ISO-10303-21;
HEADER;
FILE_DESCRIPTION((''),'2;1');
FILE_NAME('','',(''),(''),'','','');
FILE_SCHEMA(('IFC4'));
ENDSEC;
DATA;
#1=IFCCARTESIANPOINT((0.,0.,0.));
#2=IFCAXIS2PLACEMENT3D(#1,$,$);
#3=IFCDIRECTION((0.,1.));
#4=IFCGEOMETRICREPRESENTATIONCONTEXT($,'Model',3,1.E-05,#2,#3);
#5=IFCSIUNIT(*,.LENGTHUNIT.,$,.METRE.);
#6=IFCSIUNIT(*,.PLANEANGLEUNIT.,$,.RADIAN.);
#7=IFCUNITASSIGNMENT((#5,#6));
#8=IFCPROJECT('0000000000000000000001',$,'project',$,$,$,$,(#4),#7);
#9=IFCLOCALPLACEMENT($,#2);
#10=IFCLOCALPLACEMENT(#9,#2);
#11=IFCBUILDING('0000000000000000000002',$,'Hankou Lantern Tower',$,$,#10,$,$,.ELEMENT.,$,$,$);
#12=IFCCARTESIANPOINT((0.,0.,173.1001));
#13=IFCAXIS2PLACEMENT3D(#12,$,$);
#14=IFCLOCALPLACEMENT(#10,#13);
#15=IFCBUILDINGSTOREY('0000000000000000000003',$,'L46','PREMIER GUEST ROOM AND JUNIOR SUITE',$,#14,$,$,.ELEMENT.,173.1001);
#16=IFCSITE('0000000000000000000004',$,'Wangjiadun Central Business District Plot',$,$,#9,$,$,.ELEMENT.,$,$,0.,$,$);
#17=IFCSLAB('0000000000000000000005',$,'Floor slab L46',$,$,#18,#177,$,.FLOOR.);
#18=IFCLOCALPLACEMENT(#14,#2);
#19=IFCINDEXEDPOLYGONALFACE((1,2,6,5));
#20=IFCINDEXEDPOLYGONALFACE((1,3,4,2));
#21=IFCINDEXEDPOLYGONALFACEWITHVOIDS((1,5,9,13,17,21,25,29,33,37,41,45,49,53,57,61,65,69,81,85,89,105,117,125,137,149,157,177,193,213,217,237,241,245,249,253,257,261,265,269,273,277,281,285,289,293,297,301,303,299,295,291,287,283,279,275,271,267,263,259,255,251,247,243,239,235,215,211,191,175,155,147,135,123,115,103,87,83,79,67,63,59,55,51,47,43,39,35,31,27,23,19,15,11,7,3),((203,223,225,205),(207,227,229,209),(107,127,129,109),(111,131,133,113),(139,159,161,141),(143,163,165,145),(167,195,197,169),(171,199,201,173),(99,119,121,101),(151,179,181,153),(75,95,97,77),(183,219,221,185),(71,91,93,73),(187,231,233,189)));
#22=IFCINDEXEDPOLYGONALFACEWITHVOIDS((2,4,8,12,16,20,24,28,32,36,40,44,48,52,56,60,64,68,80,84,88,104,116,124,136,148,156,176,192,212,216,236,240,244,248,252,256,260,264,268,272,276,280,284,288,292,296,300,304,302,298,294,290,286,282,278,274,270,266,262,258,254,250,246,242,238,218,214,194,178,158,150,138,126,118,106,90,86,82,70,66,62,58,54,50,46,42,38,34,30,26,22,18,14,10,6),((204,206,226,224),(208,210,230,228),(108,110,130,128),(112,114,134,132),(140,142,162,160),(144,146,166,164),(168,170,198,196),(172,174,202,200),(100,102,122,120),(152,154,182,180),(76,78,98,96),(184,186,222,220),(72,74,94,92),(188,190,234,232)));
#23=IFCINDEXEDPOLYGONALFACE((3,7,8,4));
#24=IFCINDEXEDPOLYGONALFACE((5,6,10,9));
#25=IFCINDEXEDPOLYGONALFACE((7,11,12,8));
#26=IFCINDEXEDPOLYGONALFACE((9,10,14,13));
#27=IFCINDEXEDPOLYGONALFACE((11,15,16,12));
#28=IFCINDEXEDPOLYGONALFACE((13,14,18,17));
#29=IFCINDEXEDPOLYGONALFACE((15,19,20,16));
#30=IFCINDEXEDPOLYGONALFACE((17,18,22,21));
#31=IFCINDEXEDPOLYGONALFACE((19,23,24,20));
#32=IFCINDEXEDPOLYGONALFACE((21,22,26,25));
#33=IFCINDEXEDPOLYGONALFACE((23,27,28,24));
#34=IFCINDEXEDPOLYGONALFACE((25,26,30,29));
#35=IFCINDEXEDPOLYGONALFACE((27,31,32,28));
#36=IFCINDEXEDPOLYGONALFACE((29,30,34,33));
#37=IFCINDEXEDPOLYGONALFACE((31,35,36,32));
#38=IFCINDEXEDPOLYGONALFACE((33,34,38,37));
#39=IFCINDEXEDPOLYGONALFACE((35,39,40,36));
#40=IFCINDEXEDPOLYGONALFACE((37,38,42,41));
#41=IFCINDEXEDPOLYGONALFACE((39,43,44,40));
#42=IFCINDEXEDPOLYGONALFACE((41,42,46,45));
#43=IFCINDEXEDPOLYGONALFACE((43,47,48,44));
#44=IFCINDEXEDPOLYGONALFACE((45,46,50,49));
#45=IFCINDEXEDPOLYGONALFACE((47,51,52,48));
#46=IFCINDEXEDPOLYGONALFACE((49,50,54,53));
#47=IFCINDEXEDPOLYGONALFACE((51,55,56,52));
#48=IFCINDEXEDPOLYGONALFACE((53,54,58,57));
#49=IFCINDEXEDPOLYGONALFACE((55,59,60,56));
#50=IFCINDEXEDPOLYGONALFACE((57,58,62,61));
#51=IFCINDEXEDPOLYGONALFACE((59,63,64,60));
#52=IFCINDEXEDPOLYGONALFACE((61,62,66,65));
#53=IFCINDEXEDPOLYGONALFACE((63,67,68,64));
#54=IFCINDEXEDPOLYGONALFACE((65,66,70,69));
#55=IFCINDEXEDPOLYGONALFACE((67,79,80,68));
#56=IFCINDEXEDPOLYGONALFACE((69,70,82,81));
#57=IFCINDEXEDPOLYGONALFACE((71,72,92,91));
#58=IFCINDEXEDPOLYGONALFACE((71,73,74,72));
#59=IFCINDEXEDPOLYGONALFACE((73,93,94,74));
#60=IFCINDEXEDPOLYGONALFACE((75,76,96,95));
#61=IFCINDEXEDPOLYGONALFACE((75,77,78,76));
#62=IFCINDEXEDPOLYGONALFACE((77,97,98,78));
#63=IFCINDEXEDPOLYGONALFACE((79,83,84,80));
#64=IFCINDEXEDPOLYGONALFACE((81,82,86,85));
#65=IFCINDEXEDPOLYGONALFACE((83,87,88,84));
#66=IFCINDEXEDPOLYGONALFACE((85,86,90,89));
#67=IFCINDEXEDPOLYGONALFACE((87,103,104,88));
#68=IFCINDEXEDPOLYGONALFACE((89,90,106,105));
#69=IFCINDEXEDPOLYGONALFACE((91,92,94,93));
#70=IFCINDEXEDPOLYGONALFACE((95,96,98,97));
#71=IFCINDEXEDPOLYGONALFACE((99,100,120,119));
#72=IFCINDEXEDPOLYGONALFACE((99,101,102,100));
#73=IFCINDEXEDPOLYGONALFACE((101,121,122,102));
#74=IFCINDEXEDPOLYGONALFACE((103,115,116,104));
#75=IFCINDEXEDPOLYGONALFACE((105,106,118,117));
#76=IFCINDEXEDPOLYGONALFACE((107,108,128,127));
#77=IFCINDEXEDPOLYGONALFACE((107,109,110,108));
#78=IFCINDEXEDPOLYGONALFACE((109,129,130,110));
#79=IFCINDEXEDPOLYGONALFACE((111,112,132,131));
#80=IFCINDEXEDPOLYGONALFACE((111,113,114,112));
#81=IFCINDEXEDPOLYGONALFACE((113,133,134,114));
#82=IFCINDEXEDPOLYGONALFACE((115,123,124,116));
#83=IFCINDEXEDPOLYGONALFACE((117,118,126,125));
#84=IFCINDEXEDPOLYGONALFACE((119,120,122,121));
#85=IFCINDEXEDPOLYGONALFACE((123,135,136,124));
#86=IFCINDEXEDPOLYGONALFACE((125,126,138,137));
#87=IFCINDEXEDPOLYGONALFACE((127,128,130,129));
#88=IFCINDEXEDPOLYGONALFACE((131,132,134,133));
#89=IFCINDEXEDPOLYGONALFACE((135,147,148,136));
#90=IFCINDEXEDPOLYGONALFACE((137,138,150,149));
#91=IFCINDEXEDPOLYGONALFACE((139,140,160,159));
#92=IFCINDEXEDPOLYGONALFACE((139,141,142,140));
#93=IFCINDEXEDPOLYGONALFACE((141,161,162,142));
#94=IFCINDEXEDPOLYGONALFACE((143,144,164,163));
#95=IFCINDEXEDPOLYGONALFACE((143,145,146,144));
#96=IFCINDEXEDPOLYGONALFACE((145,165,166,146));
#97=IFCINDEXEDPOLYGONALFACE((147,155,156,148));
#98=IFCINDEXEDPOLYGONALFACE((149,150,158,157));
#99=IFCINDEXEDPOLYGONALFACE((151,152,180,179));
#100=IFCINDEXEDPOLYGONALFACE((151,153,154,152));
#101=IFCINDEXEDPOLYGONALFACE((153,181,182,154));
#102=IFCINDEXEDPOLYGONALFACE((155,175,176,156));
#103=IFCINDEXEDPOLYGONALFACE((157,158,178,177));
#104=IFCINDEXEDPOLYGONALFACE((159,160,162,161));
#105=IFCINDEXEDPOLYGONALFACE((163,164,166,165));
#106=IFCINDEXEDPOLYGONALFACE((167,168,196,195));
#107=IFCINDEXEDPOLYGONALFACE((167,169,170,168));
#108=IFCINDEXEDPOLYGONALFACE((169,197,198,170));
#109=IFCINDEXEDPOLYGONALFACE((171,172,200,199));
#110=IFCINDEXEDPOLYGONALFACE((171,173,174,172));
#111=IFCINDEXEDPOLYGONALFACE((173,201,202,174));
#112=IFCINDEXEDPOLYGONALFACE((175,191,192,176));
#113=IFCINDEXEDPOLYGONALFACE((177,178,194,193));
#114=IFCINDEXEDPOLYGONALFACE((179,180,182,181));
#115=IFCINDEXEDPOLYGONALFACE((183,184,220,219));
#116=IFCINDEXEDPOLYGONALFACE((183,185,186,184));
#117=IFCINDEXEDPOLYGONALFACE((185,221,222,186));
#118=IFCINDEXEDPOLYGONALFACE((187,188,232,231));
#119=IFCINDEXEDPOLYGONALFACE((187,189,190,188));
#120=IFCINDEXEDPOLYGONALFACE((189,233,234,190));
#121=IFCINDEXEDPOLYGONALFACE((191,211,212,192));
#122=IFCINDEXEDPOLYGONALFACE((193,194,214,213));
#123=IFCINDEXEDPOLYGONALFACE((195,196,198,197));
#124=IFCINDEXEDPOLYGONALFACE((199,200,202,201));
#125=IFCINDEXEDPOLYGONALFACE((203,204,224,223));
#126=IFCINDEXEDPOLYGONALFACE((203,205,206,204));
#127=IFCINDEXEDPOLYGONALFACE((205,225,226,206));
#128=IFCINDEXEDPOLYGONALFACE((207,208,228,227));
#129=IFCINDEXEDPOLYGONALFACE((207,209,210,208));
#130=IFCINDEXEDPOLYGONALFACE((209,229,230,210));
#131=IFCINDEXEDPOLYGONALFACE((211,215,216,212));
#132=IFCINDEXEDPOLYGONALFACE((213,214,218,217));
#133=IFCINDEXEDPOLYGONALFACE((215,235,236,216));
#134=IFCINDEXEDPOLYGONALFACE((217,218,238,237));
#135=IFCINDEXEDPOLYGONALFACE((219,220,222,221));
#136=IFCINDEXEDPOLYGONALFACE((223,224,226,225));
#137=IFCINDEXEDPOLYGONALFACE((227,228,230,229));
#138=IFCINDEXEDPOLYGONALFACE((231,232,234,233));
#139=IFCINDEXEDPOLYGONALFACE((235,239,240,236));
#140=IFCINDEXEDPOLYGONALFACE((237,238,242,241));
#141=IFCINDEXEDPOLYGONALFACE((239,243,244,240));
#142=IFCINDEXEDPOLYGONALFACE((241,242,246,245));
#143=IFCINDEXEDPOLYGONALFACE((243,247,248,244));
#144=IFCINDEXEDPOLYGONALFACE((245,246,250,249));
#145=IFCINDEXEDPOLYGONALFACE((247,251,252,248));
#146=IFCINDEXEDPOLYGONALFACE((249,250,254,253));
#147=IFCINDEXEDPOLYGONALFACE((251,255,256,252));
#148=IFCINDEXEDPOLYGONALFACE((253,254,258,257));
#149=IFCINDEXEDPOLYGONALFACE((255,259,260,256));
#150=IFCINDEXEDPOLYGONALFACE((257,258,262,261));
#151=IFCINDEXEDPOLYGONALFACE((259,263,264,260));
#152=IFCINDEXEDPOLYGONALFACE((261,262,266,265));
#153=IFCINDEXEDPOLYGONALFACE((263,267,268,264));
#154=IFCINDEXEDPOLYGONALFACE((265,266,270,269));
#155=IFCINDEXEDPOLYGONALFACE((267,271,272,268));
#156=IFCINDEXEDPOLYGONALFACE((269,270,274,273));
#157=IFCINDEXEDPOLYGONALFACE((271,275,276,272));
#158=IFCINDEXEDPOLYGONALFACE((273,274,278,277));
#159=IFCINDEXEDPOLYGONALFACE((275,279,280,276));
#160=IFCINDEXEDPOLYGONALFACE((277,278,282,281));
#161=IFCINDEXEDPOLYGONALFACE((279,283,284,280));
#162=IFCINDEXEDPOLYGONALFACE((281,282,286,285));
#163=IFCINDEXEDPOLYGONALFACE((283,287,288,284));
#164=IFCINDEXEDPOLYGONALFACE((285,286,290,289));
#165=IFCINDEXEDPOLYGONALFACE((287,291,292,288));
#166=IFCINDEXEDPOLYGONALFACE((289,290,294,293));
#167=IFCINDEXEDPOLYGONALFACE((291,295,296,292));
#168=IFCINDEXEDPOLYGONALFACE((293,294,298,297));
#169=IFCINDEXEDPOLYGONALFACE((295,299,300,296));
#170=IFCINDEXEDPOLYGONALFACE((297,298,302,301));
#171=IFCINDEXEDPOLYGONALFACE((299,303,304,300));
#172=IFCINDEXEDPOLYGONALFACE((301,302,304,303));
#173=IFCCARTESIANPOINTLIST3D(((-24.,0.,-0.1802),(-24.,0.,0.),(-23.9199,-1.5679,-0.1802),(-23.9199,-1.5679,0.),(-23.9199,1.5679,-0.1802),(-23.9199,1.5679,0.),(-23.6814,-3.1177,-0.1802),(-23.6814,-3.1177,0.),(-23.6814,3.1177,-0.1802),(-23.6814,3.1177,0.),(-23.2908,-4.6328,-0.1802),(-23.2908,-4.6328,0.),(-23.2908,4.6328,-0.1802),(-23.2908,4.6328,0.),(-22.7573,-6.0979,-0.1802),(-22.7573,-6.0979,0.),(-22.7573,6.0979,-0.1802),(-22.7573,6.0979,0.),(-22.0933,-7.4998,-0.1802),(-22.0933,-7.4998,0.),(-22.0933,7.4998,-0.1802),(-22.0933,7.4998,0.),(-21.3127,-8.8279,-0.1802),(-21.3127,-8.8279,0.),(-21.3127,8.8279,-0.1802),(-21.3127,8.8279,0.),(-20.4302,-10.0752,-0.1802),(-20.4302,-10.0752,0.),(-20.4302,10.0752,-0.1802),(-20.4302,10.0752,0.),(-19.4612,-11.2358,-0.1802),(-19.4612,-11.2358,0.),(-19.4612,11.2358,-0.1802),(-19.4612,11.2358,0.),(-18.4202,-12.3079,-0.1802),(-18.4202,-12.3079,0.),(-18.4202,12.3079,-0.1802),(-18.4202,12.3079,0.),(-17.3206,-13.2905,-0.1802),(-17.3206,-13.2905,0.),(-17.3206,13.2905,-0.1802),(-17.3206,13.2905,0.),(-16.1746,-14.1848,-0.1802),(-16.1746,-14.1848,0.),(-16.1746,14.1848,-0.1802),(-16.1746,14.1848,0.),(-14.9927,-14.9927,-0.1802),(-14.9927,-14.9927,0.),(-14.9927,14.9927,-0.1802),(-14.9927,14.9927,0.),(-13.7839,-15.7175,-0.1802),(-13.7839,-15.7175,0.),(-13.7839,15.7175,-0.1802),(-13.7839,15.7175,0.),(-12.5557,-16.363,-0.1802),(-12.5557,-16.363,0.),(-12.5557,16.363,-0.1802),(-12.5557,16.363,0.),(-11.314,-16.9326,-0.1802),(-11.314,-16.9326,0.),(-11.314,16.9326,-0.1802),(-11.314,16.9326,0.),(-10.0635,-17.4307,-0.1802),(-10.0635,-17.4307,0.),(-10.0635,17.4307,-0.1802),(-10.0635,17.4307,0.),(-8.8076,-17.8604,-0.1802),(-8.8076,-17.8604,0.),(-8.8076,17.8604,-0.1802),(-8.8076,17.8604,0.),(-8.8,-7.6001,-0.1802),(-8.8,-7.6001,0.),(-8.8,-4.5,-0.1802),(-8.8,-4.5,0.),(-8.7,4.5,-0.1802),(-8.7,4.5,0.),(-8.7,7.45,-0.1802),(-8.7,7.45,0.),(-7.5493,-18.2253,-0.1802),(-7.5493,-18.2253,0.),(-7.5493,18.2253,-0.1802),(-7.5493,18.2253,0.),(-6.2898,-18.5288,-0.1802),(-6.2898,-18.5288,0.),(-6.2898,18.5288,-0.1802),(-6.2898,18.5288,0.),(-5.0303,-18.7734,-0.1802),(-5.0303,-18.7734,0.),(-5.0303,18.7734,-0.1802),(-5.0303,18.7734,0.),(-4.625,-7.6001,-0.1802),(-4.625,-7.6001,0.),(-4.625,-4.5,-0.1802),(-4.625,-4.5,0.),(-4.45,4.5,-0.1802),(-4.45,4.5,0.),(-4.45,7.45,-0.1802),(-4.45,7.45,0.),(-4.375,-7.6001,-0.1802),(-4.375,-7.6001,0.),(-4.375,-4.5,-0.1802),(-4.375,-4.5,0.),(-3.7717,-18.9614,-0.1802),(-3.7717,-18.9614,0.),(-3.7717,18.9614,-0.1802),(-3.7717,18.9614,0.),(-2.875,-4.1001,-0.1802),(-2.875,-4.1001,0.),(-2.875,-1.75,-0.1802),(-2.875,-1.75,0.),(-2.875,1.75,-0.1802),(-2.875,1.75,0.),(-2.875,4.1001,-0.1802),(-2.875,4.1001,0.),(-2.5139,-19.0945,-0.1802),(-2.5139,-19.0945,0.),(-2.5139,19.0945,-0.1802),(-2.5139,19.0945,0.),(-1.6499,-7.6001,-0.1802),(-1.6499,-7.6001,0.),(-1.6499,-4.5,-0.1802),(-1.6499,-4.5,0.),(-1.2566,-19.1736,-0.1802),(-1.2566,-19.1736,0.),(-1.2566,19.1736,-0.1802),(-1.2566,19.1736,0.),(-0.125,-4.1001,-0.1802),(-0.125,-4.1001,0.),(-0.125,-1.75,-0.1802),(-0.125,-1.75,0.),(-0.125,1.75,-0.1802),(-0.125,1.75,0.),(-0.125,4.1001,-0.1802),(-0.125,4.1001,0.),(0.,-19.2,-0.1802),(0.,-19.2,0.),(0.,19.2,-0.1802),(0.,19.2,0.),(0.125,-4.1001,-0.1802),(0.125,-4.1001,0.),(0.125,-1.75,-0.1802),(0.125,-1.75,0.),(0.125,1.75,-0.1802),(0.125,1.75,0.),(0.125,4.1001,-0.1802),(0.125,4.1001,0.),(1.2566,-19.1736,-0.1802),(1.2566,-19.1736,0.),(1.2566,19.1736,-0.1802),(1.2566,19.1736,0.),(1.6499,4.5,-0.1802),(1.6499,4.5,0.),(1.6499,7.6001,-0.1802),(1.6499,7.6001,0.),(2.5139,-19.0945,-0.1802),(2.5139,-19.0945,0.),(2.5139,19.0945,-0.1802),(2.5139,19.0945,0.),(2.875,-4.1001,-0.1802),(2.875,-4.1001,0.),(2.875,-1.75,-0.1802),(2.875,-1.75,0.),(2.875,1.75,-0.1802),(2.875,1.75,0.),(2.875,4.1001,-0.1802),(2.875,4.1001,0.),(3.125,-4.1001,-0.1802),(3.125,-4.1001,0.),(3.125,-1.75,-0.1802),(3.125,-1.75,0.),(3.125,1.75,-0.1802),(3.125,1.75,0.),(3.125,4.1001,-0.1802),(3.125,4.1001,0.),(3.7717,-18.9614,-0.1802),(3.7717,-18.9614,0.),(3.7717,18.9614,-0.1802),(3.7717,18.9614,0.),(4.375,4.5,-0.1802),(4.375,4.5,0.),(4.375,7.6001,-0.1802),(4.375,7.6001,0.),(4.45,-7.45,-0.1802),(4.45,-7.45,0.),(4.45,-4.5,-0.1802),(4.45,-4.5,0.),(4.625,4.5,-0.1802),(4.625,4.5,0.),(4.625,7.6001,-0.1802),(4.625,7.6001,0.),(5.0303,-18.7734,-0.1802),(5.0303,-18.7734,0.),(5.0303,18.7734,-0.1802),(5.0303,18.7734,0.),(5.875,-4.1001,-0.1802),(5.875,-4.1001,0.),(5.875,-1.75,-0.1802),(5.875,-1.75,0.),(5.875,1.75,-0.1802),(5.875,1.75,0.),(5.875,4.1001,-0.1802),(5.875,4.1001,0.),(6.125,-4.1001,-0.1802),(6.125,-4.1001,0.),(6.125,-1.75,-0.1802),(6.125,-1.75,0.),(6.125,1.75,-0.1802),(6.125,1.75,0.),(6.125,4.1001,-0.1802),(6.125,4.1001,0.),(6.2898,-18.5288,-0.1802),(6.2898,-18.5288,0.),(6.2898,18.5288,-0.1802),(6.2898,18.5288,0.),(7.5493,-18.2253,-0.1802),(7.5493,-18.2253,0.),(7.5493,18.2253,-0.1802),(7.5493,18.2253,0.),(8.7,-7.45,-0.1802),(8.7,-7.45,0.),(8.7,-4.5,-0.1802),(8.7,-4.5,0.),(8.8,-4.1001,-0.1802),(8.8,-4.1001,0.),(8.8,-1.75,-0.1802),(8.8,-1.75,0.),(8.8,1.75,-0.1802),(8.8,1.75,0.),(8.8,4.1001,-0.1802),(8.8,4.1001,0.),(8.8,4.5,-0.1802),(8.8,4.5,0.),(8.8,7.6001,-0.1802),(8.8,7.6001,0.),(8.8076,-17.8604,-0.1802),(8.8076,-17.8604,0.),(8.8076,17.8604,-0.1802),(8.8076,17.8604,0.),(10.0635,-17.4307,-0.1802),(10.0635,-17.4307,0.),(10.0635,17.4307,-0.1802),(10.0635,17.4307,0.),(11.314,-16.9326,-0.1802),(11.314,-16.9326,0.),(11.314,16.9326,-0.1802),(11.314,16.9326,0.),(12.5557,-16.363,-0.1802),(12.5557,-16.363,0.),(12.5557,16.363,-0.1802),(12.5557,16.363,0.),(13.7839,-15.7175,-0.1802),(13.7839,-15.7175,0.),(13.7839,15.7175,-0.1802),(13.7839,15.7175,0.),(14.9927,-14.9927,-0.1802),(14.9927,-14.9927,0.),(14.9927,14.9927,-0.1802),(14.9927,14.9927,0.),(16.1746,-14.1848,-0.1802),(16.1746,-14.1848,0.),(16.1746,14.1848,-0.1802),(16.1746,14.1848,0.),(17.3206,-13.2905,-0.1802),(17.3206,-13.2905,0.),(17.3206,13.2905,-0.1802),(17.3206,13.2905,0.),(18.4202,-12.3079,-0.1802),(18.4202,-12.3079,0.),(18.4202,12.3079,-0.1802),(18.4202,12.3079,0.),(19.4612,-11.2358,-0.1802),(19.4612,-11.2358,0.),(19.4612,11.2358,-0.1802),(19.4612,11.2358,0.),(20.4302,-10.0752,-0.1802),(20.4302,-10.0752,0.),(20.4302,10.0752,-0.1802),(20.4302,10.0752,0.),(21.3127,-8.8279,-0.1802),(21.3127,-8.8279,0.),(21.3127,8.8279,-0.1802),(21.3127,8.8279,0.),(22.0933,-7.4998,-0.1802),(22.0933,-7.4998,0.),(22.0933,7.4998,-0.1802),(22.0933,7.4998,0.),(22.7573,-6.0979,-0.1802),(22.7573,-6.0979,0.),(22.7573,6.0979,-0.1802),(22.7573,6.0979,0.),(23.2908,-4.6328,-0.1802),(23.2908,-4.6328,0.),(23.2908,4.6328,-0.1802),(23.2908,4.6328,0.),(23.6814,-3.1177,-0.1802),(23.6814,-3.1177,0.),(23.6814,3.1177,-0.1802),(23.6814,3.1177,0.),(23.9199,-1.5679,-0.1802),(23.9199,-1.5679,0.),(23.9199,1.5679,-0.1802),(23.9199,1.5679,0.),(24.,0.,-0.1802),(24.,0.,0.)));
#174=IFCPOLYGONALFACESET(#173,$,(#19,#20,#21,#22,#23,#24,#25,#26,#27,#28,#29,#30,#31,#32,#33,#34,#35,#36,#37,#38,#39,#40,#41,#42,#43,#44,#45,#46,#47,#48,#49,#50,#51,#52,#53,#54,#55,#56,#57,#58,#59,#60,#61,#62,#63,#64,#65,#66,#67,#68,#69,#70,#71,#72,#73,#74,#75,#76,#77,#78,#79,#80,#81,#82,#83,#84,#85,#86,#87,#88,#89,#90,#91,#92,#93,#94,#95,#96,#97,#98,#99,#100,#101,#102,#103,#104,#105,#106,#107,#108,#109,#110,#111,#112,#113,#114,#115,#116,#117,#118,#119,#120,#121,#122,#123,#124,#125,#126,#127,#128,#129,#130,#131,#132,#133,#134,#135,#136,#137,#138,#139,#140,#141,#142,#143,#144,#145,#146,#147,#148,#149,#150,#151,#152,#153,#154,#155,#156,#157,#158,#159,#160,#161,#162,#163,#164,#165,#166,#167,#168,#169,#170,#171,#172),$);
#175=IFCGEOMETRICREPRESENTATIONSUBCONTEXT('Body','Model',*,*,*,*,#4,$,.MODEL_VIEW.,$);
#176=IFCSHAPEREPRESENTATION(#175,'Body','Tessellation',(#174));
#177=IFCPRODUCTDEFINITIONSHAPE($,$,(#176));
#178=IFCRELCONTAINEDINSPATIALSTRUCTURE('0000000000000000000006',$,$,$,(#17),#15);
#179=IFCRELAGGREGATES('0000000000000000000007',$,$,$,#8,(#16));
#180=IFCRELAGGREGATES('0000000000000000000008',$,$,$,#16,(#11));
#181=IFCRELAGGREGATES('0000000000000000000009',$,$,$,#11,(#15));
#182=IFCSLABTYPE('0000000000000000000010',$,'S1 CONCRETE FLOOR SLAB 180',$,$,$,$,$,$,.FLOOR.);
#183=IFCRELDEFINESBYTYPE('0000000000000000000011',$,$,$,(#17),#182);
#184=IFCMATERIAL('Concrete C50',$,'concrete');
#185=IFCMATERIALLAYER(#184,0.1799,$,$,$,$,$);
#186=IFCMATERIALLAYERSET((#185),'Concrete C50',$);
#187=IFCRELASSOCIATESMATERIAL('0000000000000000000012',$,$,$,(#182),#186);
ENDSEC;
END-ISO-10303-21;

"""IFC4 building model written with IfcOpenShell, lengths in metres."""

from ifc_helpers import new_model, si_unit, direction, frame, origin, place, context, subcontext, project, spatial, polyline, outline, extrude, material, layer, layer_set, type_object, element, save


model = new_model("IFC4")

# Units and contexts
model_context = context("Model", 3, precision=1e-05, world=origin(), true_north=direction((0.0, 1.0)))
body_context = subcontext(model_context, "Body", "Model", "MODEL_VIEW")
ifc_project = project(units=[si_unit("LENGTHUNIT", "METRE"), si_unit("PLANEANGLEUNIT", "RADIAN")], contexts=[model_context])

# Site, building, storey
site_placement = place(None, origin())
site = spatial("IfcSite", under=ifc_project, at=site_placement, Name="Wangjiadun Central Business District Plot", CompositionType="ELEMENT", RefElevation=0.0)
building_placement = place(site_placement, origin())
building = spatial("IfcBuilding", under=site, at=building_placement, Name="Hankou Lantern Tower", CompositionType="ELEMENT")
storey_placement = place(building_placement, frame((0.0, 0.0, 173.1001)))
storey = spatial("IfcBuildingStorey", under=building, at=storey_placement, Name="L46", Description="PREMIER GUEST ROOM AND JUNIOR SUITE", CompositionType="ELEMENT", Elevation=173.1001)

# Slab
ifc_material_1 = material(Name="Concrete C50", Category="concrete")
ifc_layer_1 = layer(ifc_material_1, 0.1799)
ifc_layer_set_1 = layer_set([ifc_layer_1], Name="Concrete C50")
slab_type_1 = type_object("IfcSlabType", Name="S1 CONCRETE FLOOR SLAB 180", PredefinedType="FLOOR", material=ifc_layer_set_1)
slab_1_placement = place(storey_placement, frame((0.0, 0.0, -0.1802)))
element("IfcSlab", 1, at=slab_1_placement, inside=storey, type_object=slab_type_1, Name="Floor slab L46", PredefinedType="FLOOR", context=body_context, shape_type="SweptSolid", body=[
    extrude(outline(polyline([(24.0, 0.0), (23.9199, 1.5679), (23.6814, 3.1177), (23.2908, 4.6328), (22.7573, 6.0979), (22.0933, 7.4998), (21.3127, 8.8279), (20.4302, 10.0752), (19.4612, 11.2358), (18.4202, 12.3079), (17.3206, 13.2905), (16.1746, 14.1848), (14.9927, 14.9927), (13.7839, 15.7175), (12.5557, 16.363), (11.314, 16.9326), (10.0635, 17.4307), (8.8076, 17.8604), (7.5493, 18.2253), (6.2898, 18.5288), (5.0303, 18.7734), (3.7717, 18.9614), (2.5139, 19.0945), (1.2566, 19.1736), (0.0, 19.2), (-1.2566, 19.1736), (-2.5139, 19.0945), (-3.7717, 18.9614), (-5.0303, 18.7734), (-6.2898, 18.5288), (-7.5493, 18.2253), (-8.8076, 17.8604), (-10.0635, 17.4307), (-11.314, 16.9326), (-12.5557, 16.363), (-13.7839, 15.7175), (-14.9927, 14.9927), (-16.1746, 14.1848), (-17.3206, 13.2905), (-18.4202, 12.3079), (-19.4612, 11.2358), (-20.4302, 10.0752), (-21.3127, 8.8279), (-22.0933, 7.4998), (-22.7573, 6.0979), (-23.2908, 4.6328), (-23.6814, 3.1177), (-23.9199, 1.5679), (-24.0, 0.0), (-23.9199, -1.5679), (-23.6814, -3.1177), (-23.2908, -4.6328), (-22.7573, -6.0979), (-22.0933, -7.4998), (-21.3127, -8.8279), (-20.4302, -10.0752), (-19.4612, -11.2358), (-18.4202, -12.3079), (-17.3206, -13.2905), (-16.1746, -14.1848), (-14.9927, -14.9927), (-13.7839, -15.7175), (-12.5557, -16.363), (-11.314, -16.9326), (-10.0635, -17.4307), (-8.8076, -17.8604), (-7.5493, -18.2253), (-6.2898, -18.5288), (-5.0303, -18.7734), (-3.7717, -18.9614), (-2.5139, -19.0945), (-1.2566, -19.1736), (0.0, -19.2), (1.2566, -19.1736), (2.5139, -19.0945), (3.7717, -18.9614), (5.0303, -18.7734), (6.2898, -18.5288), (7.5493, -18.2253), (8.8076, -17.8604), (10.0635, -17.4307), (11.314, -16.9326), (12.5557, -16.363), (13.7839, -15.7175), (14.9927, -14.9927), (16.1746, -14.1848), (17.3206, -13.2905), (18.4202, -12.3079), (19.4612, -11.2358), (20.4302, -10.0752), (21.3127, -8.8279), (22.0933, -7.4998), (22.7573, -6.0979), (23.2908, -4.6328), (23.6814, -3.1177), (23.9199, -1.5679), (24.0, 0.0)]), holes=[polyline([(-2.875, 4.1001), (-0.125, 4.1001), (-0.125, 1.75), (-2.875, 1.75), (-2.875, 4.1001)]), polyline([(0.125, 4.1001), (2.875, 4.1001), (2.875, 1.75), (0.125, 1.75), (0.125, 4.1001)]), polyline([(3.125, 4.1001), (5.875, 4.1001), (5.875, 1.75), (3.125, 1.75), (3.125, 4.1001)]), polyline([(6.125, 4.1001), (8.8, 4.1001), (8.8, 1.75), (6.125, 1.75), (6.125, 4.1001)]), polyline([(-2.875, -1.75), (-0.125, -1.75), (-0.125, -4.1001), (-2.875, -4.1001), (-2.875, -1.75)]), polyline([(0.125, -1.75), (2.875, -1.75), (2.875, -4.1001), (0.125, -4.1001), (0.125, -1.75)]), polyline([(3.125, -1.75), (5.875, -1.75), (5.875, -4.1001), (3.125, -4.1001), (3.125, -1.75)]), polyline([(6.125, -1.75), (8.8, -1.75), (8.8, -4.1001), (6.125, -4.1001), (6.125, -1.75)]), polyline([(1.6499, 7.6001), (4.375, 7.6001), (4.375, 4.5), (1.6499, 4.5), (1.6499, 7.6001)]), polyline([(-4.375, -4.5), (-1.6499, -4.5), (-1.6499, -7.6001), (-4.375, -7.6001), (-4.375, -4.5)]), polyline([(-8.7, 7.45), (-4.45, 7.45), (-4.45, 4.5), (-8.7, 4.5), (-8.7, 7.45)]), polyline([(4.45, -4.5), (8.7, -4.5), (8.7, -7.45), (4.45, -7.45), (4.45, -4.5)]), polyline([(4.625, 7.6001), (8.8, 7.6001), (8.8, 4.5), (4.625, 4.5), (4.625, 7.6001)]), polyline([(-8.8, -4.5), (-4.625, -4.5), (-4.625, -7.6001), (-8.8, -7.6001), (-8.8, -4.5)])]), origin(), (0.0, 0.0, 1.0), 0.1802),
])

save(model, "model.ifc")
